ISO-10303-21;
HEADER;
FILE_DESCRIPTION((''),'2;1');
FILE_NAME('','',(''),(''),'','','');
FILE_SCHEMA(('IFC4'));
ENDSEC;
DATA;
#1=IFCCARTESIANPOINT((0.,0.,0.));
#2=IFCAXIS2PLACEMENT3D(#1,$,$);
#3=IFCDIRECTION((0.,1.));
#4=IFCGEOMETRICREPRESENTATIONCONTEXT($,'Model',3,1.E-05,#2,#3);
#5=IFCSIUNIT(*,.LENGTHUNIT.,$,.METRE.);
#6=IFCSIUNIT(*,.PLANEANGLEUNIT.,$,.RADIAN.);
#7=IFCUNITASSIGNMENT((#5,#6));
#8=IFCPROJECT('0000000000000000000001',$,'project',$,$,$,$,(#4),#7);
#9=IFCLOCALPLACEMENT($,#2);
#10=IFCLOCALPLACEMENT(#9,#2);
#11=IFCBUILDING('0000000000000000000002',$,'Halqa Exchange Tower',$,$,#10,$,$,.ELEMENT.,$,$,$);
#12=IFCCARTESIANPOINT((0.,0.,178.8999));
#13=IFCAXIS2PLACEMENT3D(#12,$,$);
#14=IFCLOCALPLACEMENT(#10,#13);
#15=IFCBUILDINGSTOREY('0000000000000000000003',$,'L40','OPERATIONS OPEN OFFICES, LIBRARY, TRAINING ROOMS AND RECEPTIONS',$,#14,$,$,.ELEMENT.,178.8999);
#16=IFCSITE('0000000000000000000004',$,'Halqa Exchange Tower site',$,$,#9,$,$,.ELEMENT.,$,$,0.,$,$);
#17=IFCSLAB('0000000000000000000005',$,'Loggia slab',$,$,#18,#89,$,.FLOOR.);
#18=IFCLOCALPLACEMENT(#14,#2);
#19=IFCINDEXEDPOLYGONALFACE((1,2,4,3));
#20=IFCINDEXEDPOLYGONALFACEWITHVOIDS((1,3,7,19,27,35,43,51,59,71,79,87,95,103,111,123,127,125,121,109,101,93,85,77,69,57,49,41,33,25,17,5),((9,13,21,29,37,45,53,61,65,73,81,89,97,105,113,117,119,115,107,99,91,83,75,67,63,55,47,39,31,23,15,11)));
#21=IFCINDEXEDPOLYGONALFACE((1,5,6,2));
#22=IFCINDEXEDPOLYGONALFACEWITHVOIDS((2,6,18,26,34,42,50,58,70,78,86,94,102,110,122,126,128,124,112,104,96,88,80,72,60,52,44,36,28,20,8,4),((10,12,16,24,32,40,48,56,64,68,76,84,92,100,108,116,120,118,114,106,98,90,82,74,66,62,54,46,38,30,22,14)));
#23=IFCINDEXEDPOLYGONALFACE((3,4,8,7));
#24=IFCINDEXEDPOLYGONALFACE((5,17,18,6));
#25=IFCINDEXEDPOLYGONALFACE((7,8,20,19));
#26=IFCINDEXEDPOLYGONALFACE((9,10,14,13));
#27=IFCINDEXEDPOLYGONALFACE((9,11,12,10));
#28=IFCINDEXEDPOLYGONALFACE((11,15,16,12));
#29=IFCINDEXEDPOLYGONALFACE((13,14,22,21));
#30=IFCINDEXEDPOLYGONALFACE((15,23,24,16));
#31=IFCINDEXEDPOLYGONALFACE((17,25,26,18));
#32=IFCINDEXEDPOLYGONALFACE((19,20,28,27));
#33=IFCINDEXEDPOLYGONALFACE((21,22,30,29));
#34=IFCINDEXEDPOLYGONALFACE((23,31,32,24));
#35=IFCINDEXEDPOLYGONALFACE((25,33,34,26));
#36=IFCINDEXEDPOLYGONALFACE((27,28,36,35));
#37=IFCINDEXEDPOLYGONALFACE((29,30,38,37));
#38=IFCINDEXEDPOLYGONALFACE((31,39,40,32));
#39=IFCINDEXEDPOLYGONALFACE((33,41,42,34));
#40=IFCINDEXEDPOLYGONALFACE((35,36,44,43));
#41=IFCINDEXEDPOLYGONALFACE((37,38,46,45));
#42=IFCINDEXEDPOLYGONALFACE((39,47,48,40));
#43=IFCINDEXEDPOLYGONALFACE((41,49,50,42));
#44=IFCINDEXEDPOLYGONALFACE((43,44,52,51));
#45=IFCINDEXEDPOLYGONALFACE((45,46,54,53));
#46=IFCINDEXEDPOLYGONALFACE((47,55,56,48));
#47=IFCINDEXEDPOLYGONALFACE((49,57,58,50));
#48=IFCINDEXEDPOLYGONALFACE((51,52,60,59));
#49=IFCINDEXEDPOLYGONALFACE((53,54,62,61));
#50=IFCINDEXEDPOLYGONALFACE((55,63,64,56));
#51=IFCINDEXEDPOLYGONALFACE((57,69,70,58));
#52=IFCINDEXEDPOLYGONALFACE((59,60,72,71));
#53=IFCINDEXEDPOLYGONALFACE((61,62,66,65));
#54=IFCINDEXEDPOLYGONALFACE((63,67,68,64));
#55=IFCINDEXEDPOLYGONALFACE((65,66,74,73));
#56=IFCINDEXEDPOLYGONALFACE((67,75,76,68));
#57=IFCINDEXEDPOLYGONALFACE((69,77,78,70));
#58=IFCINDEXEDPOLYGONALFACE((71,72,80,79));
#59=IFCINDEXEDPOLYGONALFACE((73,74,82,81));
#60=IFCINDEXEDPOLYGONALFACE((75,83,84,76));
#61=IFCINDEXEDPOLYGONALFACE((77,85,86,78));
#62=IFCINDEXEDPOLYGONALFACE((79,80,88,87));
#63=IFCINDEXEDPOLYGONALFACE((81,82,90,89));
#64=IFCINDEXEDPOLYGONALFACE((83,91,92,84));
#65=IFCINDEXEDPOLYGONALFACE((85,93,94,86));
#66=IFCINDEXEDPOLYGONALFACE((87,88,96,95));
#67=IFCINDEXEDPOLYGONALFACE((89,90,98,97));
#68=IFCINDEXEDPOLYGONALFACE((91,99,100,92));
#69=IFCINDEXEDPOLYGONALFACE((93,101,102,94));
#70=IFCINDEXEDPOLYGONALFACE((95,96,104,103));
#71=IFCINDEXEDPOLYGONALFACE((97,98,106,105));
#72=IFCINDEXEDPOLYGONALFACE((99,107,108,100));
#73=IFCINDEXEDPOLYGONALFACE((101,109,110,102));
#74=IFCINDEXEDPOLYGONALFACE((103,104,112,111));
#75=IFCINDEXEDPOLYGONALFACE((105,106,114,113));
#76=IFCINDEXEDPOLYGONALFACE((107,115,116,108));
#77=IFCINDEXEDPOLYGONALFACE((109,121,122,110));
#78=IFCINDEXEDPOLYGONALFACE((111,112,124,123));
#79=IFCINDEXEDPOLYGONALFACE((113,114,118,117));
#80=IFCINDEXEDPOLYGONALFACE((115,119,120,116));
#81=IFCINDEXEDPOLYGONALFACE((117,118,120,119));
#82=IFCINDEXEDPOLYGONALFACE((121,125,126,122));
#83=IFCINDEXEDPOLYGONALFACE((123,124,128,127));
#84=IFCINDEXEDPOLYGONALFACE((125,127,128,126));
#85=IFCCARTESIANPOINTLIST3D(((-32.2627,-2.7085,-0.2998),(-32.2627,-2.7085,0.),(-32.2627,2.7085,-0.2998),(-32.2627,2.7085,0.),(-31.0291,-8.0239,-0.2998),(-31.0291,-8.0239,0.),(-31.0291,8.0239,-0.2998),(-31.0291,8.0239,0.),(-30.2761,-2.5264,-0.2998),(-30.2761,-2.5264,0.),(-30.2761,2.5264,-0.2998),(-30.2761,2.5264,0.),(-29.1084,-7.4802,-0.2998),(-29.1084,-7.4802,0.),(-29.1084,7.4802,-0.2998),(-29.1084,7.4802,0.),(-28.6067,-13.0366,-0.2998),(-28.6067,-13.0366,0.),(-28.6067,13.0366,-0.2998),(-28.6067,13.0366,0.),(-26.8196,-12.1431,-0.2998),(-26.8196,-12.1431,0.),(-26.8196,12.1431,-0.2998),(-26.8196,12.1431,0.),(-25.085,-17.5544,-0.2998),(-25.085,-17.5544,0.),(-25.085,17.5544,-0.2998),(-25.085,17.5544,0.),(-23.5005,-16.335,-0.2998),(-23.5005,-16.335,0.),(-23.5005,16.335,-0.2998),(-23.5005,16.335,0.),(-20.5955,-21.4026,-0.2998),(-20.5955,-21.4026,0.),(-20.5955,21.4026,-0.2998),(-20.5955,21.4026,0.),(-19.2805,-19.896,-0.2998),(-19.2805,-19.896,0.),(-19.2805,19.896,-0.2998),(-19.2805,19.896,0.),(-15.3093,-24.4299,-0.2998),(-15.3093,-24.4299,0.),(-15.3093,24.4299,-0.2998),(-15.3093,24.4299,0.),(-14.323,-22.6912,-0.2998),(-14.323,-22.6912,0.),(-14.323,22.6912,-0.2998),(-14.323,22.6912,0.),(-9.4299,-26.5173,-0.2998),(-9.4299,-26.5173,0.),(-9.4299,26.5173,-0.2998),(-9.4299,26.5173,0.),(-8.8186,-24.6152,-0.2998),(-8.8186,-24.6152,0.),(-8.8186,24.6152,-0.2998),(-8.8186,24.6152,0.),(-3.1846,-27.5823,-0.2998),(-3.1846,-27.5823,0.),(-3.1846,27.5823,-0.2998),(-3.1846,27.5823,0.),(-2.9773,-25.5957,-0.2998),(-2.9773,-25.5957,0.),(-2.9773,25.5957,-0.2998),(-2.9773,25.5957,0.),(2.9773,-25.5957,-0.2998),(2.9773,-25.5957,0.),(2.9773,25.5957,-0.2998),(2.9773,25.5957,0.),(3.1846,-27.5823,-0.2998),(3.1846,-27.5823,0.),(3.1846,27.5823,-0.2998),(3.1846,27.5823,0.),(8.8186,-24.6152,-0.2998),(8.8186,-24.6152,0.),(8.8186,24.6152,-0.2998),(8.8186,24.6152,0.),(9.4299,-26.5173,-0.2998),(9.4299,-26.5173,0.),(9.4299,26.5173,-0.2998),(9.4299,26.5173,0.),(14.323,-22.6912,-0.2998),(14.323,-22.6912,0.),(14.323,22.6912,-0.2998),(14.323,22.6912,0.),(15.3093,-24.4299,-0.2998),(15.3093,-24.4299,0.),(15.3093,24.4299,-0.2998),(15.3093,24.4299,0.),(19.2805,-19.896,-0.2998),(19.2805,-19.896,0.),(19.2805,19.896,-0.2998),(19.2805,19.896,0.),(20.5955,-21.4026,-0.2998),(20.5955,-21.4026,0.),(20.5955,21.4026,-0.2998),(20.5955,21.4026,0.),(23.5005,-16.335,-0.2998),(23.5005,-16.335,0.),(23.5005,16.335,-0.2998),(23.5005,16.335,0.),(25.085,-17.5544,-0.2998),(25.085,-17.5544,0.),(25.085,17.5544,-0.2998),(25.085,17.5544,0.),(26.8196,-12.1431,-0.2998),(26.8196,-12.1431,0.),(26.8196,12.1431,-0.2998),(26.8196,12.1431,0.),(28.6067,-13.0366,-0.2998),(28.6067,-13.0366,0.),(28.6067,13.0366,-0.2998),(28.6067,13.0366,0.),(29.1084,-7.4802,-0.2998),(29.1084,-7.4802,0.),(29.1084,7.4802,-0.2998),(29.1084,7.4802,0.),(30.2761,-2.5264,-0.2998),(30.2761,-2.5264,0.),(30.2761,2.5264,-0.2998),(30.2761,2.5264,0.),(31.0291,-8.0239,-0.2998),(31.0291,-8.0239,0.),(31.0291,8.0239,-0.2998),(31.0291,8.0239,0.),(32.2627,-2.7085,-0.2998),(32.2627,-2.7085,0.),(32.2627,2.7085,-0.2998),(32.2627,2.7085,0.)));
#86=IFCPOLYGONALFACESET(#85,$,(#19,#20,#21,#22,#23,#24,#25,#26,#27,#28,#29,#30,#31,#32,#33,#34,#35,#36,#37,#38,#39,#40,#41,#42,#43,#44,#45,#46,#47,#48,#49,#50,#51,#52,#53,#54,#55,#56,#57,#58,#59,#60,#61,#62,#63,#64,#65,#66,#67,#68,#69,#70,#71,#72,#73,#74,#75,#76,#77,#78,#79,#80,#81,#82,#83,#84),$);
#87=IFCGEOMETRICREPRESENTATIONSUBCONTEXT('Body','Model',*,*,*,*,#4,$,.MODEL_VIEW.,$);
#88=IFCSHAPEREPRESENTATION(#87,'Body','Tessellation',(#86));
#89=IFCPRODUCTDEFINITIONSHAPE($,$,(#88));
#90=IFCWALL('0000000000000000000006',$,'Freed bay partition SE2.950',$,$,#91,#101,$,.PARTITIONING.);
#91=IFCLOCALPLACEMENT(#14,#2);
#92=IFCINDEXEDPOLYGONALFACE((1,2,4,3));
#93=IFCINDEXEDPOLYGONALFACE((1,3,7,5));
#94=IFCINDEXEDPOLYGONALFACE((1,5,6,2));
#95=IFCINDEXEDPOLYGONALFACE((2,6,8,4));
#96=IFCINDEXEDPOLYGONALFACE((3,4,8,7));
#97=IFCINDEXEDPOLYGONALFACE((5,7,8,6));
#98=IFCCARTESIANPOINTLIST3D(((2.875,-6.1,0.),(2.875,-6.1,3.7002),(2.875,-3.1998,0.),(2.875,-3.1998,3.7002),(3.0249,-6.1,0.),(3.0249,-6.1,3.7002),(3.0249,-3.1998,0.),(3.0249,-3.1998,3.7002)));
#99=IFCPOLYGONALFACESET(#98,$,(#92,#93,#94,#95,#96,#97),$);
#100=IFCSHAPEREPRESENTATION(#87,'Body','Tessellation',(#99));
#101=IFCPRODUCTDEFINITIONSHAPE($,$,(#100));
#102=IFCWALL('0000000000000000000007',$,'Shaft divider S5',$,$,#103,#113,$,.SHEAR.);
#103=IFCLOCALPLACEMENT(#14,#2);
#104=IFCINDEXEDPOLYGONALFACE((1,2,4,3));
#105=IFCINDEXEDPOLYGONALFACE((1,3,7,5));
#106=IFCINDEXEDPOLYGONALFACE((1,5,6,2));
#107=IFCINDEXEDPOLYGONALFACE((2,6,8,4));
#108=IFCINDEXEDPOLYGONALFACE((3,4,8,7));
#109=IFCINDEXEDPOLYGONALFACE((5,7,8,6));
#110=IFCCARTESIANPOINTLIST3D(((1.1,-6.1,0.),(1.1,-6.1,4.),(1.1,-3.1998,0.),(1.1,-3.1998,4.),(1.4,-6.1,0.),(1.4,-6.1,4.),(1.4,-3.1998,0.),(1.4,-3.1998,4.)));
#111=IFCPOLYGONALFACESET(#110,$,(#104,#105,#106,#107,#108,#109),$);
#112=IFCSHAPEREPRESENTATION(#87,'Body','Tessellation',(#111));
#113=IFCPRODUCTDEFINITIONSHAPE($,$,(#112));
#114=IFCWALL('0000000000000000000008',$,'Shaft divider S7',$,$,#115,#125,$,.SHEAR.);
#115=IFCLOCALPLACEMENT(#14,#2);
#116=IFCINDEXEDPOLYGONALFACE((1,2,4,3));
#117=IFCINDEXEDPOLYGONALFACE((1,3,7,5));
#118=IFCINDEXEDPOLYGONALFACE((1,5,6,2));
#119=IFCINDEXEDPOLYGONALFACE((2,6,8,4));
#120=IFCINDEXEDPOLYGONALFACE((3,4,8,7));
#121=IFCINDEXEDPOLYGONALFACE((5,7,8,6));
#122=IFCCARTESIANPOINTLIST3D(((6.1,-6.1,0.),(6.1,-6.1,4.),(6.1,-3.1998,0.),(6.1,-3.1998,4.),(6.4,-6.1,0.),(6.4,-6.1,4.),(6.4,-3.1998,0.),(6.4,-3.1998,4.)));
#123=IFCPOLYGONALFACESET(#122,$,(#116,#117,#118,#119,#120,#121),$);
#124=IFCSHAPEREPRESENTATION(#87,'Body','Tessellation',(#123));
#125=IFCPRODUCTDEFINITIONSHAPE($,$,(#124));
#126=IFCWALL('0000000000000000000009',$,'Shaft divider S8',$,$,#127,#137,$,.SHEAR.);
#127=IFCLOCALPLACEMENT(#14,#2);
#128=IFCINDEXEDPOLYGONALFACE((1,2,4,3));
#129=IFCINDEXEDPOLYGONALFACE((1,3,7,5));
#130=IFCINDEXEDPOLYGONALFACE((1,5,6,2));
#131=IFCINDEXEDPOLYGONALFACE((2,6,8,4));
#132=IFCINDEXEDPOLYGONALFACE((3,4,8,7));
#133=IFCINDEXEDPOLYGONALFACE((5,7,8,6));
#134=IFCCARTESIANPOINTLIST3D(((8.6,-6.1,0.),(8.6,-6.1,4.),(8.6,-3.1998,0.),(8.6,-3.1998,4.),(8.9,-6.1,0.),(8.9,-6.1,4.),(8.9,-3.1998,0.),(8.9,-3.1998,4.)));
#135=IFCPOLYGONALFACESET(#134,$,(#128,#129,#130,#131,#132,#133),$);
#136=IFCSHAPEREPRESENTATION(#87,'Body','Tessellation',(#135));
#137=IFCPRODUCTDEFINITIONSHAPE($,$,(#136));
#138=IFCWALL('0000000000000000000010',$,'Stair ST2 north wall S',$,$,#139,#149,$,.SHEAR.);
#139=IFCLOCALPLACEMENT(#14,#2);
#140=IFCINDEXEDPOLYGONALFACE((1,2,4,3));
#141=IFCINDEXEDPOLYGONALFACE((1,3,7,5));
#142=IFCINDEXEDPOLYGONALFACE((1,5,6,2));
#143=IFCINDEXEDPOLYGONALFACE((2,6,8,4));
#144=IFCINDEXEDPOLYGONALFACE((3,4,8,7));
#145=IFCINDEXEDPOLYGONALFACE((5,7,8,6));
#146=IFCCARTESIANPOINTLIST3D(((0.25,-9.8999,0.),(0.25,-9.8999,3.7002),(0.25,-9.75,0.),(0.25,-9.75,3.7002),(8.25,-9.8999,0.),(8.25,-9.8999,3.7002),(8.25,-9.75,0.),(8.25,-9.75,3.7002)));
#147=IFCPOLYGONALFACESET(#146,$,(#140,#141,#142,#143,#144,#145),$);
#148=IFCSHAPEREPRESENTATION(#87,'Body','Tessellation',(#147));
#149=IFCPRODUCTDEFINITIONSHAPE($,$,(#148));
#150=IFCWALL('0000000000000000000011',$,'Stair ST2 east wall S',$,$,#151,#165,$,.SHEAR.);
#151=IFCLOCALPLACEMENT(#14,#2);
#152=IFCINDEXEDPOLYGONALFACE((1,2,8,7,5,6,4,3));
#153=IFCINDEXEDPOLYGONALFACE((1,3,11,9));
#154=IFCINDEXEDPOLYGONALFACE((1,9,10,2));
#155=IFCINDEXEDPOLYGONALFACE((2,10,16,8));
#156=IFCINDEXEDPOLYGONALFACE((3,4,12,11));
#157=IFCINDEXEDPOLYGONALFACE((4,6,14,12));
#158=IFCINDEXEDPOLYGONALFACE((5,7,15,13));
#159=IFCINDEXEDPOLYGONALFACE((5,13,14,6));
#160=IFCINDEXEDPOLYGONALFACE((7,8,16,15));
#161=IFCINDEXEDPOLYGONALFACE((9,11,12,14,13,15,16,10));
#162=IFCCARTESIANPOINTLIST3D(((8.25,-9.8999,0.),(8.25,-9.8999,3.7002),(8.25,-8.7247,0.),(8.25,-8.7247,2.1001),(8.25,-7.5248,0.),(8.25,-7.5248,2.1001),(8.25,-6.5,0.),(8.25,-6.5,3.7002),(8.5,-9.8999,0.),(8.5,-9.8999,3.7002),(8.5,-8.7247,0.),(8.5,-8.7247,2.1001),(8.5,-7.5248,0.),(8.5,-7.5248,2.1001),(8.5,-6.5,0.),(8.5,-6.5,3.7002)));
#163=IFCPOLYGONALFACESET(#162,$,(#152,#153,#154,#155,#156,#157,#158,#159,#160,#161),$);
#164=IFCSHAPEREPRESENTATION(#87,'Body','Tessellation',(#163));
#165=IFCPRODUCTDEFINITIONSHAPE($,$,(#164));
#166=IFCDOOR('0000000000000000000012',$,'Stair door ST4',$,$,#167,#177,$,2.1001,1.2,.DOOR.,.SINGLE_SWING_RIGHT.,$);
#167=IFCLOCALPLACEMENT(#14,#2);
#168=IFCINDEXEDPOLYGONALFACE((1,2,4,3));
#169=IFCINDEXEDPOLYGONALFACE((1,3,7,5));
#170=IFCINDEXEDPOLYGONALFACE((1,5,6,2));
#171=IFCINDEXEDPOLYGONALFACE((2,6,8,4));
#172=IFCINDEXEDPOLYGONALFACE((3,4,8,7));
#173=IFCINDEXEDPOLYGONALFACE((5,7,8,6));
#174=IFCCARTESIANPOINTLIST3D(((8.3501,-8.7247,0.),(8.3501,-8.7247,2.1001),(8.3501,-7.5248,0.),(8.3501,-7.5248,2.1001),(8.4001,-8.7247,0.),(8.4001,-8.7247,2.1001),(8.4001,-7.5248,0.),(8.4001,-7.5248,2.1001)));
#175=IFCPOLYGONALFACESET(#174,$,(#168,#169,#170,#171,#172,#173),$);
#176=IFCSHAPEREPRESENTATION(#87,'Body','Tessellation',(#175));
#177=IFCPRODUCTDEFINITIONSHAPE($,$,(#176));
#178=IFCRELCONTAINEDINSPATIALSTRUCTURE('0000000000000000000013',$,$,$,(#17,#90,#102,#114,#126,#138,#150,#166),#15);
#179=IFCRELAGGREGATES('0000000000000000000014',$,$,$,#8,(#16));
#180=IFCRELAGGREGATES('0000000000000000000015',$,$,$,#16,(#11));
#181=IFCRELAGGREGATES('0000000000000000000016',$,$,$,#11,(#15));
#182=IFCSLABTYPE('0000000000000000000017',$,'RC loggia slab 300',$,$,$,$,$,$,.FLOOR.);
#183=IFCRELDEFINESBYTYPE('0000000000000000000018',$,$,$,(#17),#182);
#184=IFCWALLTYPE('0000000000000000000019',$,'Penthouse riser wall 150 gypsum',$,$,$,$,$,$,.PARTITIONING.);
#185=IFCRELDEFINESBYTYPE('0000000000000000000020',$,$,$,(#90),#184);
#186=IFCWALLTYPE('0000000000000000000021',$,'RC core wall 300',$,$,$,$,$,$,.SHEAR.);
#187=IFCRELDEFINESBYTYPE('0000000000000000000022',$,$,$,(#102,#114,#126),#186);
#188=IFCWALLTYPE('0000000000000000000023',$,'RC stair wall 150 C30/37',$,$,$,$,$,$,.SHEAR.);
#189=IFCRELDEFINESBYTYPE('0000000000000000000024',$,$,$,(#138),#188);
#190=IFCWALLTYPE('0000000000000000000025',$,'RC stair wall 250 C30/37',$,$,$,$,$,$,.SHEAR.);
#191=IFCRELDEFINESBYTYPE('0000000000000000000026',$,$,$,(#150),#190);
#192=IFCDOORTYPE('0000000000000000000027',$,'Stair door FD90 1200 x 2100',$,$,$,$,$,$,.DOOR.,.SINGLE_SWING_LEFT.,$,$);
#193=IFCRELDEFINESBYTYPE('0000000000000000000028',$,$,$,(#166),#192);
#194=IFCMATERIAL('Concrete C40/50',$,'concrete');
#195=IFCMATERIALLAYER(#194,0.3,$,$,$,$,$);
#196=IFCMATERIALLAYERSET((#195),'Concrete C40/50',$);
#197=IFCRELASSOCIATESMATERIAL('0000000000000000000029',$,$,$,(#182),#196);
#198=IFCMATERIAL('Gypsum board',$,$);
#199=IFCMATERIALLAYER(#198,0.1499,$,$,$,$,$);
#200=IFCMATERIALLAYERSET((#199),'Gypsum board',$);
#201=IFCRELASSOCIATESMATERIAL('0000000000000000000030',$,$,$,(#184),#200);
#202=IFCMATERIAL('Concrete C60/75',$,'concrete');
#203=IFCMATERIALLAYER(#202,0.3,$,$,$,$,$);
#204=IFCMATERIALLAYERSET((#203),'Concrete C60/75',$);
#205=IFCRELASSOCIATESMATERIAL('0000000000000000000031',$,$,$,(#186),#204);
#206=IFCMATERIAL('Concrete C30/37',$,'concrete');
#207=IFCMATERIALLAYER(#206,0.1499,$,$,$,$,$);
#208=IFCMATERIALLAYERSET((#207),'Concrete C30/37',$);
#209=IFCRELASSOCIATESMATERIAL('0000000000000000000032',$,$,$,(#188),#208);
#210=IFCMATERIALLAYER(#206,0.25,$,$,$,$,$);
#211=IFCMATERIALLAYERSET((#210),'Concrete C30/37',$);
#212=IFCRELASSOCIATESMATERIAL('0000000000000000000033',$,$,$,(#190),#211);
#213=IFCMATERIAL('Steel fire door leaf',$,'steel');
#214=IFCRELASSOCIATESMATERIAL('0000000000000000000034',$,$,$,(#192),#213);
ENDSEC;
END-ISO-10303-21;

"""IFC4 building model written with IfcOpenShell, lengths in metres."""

from ifc_helpers import new_model, si_unit, direction, frame, frame_2d, origin, place, context, subcontext, project, spatial, polyline, rectangle, outline, extrude, material, layer, layer_set, type_object, element, fill, save


model = new_model("IFC4")

# Units and contexts
model_context = context("Model", 3, precision=1e-05, world=origin(), true_north=direction((0.0, 1.0)))
body_context = subcontext(model_context, "Body", "Model", "MODEL_VIEW")
ifc_project = project(units=[si_unit("LENGTHUNIT", "METRE"), si_unit("PLANEANGLEUNIT", "RADIAN")], contexts=[model_context])

# Site, building, storey
site_placement = place(None, origin())
site = spatial("IfcSite", under=ifc_project, at=site_placement, Name="Halqa Exchange Tower site", CompositionType="ELEMENT", RefElevation=0.0)
building_placement = place(site_placement, origin())
building = spatial("IfcBuilding", under=site, at=building_placement, Name="Halqa Exchange Tower", CompositionType="ELEMENT")
storey_placement = place(building_placement, frame((0.0, 0.0, 178.8999)))
storey = spatial("IfcBuildingStorey", under=building, at=storey_placement, Name="L40", Description="OPERATIONS OPEN OFFICES, LIBRARY, TRAINING ROOMS AND RECEPTIONS", CompositionType="ELEMENT", Elevation=178.8999)

# Slab
ifc_material_1 = material(Name="Concrete C60/75", Category="concrete")
ifc_material_2 = material(Name="Concrete C40/50", Category="concrete")
ifc_layer_1 = layer(ifc_material_2, 0.3)
ifc_layer_set_1 = layer_set([ifc_layer_1], Name="Concrete C40/50")
slab_type_1 = type_object("IfcSlabType", Name="RC loggia slab 300", PredefinedType="FLOOR", material=ifc_layer_set_1)
slab_1_placement = place(storey_placement, frame((0.0, 0.0, -0.2998)))
element("IfcSlab", 1, at=slab_1_placement, inside=storey, type_object=slab_type_1, Name="Loggia slab", PredefinedType="FLOOR", context=body_context, shape_type="SweptSolid", body=[
    extrude(outline(polyline([(32.2627, 2.7085), (32.2627, -2.7085), (31.0291, -8.0239), (28.6067, -13.0366), (25.085, -17.5544), (20.5955, -21.4026), (15.3093, -24.4299), (9.4299, -26.5173), (3.1846, -27.5823), (-3.1846, -27.5823), (-9.4299, -26.5173), (-15.3093, -24.4299), (-20.5955, -21.4026), (-25.085, -17.5544), (-28.6067, -13.0366), (-31.0291, -8.0239), (-32.2627, -2.7085), (-32.2627, 2.7085), (-31.0291, 8.0239), (-28.6067, 13.0366), (-25.085, 17.5544), (-20.5955, 21.4026), (-15.3093, 24.4299), (-9.4299, 26.5173), (-3.1846, 27.5823), (3.1846, 27.5823), (9.4299, 26.5173), (15.3093, 24.4299), (20.5955, 21.4026), (25.085, 17.5544), (28.6067, 13.0366), (31.0291, 8.0239), (32.2627, 2.7085)]), holes=[polyline([(30.2761, 2.5264), (29.1084, 7.4802), (26.8196, 12.1431), (23.5005, 16.335), (19.2805, 19.896), (14.323, 22.6912), (8.8186, 24.6152), (2.9773, 25.5957), (-2.9773, 25.5957), (-8.8186, 24.6152), (-14.323, 22.6912), (-19.2805, 19.896), (-23.5005, 16.335), (-26.8196, 12.1431), (-29.1084, 7.4802), (-30.2761, 2.5264), (-30.2761, -2.5264), (-29.1084, -7.4802), (-26.8196, -12.1431), (-23.5005, -16.335), (-19.2805, -19.896), (-14.323, -22.6912), (-8.8186, -24.6152), (-2.9773, -25.5957), (2.9773, -25.5957), (8.8186, -24.6152), (14.323, -22.6912), (19.2805, -19.896), (23.5005, -16.335), (26.8196, -12.1431), (29.1084, -7.4802), (30.2761, -2.5264), (30.2761, 2.5264)])]), origin(), (0.0, 0.0, 1.0), 0.2998),
])

# Walls
ifc_material_3 = material(Name="Gypsum board")
ifc_layer_2 = layer(ifc_material_3, 0.1499)
ifc_layer_set_2 = layer_set([ifc_layer_2], Name="Gypsum board")
wall_type_1 = type_object("IfcWallType", Name="Penthouse riser wall 150 gypsum", PredefinedType="PARTITIONING", material=ifc_layer_set_2)
wall_1_placement = place(storey_placement, frame((2.95, -6.1001, 0.0), z_axis=(0.0, 0.0, 1.0), x_axis=(0.0, 1.0, 0.0)))
element("IfcWall", 2, at=wall_1_placement, inside=storey, type_object=wall_type_1, Name="Freed bay partition SE2.950", PredefinedType="PARTITIONING", context=body_context, shape_type="SweptSolid", body=[
    extrude(rectangle(XDim=2.9001, YDim=0.1499, at=frame_2d((1.4502, 0.0))), origin(), (0.0, 0.0, 1.0), 3.7002),
])
ifc_layer_3 = layer(ifc_material_1, 0.3)
ifc_layer_set_3 = layer_set([ifc_layer_3], Name="Concrete C60/75")
wall_type_2 = type_object("IfcWallType", Name="RC core wall 300", PredefinedType="SHEAR", material=ifc_layer_set_3)
for number, where, z_axis, x_axis, name in (
    (3, (1.25, -6.1001, 0.0), (0.0, 0.0, 1.0), (0.0, 1.0, 0.0), "Shaft divider S5"),
    (4, (6.25, -6.1001, 0.0), (0.0, 0.0, 1.0), (0.0, 1.0, 0.0), "Shaft divider S7"),
    (5, (8.75, -6.1001, 0.0), (0.0, 0.0, 1.0), (0.0, 1.0, 0.0), "Shaft divider S8"),
):
    element("IfcWall", number, at=place(storey_placement, frame(where, z_axis=z_axis, x_axis=x_axis)), inside=storey, type_object=wall_type_2, Name=name, PredefinedType="SHEAR", context=body_context, shape_type="SweptSolid", body=[
        extrude(rectangle(XDim=2.9001, YDim=0.3, at=frame_2d((1.4502, 0.0))), origin(), (0.0, 0.0, 1.0), 4.0),
    ])
ifc_material_4 = material(Name="Concrete C30/37", Category="concrete")
ifc_layer_4 = layer(ifc_material_4, 0.1499)
ifc_layer_set_4 = layer_set([ifc_layer_4], Name="Concrete C30/37")
wall_type_3 = type_object("IfcWallType", Name="RC stair wall 150 C30/37", PredefinedType="SHEAR", material=ifc_layer_set_4)
wall_2_placement = place(storey_placement, frame((0.25, -9.825, 0.0), z_axis=(0.0, 0.0, 1.0), x_axis=(1.0, 0.0, 0.0)))
element("IfcWall", 6, at=wall_2_placement, inside=storey, type_object=wall_type_3, Name="Stair ST2 north wall S", PredefinedType="SHEAR", context=body_context, shape_type="SweptSolid", body=[
    extrude(rectangle(XDim=8.0, YDim=0.1499, at=frame_2d((4.0, 0.0))), origin(), (0.0, 0.0, 1.0), 3.7002),
])

# Wall, opening, door
ifc_layer_5 = layer(ifc_material_4, 0.25)
ifc_layer_set_5 = layer_set([ifc_layer_5], Name="Concrete C30/37")
wall_type_4 = type_object("IfcWallType", Name="RC stair wall 250 C30/37", PredefinedType="SHEAR", material=ifc_layer_set_5)
wall_3_placement = place(storey_placement, frame((8.375, -9.8999, 0.0), z_axis=(0.0, 0.0, 1.0), x_axis=(0.0, 1.0, 0.0)))
wall_3 = element("IfcWall", 7, at=wall_3_placement, inside=storey, type_object=wall_type_4, Name="Stair ST2 east wall S", PredefinedType="SHEAR", context=body_context, shape_type="SweptSolid", body=[
    extrude(rectangle(XDim=3.3999, YDim=0.25, at=frame_2d((1.7, 0.0))), origin(), (0.0, 0.0, 1.0), 3.7002),
])
opening_placement = place(wall_3_placement, frame((1.175, 0.0, 0.0)))
opening = element("IfcOpeningElement", 8, at=opening_placement, cuts=wall_3, PredefinedType="OPENING", context=body_context, shape_type="SweptSolid", body=[
    extrude(rectangle(XDim=1.2, YDim=2.1001, at=frame_2d((0.6001, 1.05))), frame((0.0, 0.137, 0.0), z_axis=(0.0, -1.0, 0.0), x_axis=(1.0, 0.0, 0.0)), (0.0, 0.0, 1.0), 0.2739),
])
ifc_material_5 = material(Name="Steel fire door leaf", Category="steel")
door_type = type_object("IfcDoorType", Name="Stair door FD90 1200 x 2100", OperationType="SINGLE_SWING_LEFT", PredefinedType="DOOR", material=ifc_material_5)
door_placement = place(opening_placement, origin())
door = element("IfcDoor", 9, at=door_placement, inside=storey, type_object=door_type, Name="Stair door ST4", OperationType="SINGLE_SWING_RIGHT", OverallHeight=2.1001, OverallWidth=1.2, PredefinedType="DOOR", context=body_context, shape_type="SweptSolid", body=[
    extrude(rectangle(XDim=1.2, YDim=2.1001, at=frame_2d((0.6001, 1.05))), frame((0.0, 0.0249, 0.0), z_axis=(0.0, -1.0, 0.0), x_axis=(1.0, 0.0, 0.0)), (0.0, 0.0, 1.0), 0.05),
])
fill(opening, door)

save(model, "model.ifc")
